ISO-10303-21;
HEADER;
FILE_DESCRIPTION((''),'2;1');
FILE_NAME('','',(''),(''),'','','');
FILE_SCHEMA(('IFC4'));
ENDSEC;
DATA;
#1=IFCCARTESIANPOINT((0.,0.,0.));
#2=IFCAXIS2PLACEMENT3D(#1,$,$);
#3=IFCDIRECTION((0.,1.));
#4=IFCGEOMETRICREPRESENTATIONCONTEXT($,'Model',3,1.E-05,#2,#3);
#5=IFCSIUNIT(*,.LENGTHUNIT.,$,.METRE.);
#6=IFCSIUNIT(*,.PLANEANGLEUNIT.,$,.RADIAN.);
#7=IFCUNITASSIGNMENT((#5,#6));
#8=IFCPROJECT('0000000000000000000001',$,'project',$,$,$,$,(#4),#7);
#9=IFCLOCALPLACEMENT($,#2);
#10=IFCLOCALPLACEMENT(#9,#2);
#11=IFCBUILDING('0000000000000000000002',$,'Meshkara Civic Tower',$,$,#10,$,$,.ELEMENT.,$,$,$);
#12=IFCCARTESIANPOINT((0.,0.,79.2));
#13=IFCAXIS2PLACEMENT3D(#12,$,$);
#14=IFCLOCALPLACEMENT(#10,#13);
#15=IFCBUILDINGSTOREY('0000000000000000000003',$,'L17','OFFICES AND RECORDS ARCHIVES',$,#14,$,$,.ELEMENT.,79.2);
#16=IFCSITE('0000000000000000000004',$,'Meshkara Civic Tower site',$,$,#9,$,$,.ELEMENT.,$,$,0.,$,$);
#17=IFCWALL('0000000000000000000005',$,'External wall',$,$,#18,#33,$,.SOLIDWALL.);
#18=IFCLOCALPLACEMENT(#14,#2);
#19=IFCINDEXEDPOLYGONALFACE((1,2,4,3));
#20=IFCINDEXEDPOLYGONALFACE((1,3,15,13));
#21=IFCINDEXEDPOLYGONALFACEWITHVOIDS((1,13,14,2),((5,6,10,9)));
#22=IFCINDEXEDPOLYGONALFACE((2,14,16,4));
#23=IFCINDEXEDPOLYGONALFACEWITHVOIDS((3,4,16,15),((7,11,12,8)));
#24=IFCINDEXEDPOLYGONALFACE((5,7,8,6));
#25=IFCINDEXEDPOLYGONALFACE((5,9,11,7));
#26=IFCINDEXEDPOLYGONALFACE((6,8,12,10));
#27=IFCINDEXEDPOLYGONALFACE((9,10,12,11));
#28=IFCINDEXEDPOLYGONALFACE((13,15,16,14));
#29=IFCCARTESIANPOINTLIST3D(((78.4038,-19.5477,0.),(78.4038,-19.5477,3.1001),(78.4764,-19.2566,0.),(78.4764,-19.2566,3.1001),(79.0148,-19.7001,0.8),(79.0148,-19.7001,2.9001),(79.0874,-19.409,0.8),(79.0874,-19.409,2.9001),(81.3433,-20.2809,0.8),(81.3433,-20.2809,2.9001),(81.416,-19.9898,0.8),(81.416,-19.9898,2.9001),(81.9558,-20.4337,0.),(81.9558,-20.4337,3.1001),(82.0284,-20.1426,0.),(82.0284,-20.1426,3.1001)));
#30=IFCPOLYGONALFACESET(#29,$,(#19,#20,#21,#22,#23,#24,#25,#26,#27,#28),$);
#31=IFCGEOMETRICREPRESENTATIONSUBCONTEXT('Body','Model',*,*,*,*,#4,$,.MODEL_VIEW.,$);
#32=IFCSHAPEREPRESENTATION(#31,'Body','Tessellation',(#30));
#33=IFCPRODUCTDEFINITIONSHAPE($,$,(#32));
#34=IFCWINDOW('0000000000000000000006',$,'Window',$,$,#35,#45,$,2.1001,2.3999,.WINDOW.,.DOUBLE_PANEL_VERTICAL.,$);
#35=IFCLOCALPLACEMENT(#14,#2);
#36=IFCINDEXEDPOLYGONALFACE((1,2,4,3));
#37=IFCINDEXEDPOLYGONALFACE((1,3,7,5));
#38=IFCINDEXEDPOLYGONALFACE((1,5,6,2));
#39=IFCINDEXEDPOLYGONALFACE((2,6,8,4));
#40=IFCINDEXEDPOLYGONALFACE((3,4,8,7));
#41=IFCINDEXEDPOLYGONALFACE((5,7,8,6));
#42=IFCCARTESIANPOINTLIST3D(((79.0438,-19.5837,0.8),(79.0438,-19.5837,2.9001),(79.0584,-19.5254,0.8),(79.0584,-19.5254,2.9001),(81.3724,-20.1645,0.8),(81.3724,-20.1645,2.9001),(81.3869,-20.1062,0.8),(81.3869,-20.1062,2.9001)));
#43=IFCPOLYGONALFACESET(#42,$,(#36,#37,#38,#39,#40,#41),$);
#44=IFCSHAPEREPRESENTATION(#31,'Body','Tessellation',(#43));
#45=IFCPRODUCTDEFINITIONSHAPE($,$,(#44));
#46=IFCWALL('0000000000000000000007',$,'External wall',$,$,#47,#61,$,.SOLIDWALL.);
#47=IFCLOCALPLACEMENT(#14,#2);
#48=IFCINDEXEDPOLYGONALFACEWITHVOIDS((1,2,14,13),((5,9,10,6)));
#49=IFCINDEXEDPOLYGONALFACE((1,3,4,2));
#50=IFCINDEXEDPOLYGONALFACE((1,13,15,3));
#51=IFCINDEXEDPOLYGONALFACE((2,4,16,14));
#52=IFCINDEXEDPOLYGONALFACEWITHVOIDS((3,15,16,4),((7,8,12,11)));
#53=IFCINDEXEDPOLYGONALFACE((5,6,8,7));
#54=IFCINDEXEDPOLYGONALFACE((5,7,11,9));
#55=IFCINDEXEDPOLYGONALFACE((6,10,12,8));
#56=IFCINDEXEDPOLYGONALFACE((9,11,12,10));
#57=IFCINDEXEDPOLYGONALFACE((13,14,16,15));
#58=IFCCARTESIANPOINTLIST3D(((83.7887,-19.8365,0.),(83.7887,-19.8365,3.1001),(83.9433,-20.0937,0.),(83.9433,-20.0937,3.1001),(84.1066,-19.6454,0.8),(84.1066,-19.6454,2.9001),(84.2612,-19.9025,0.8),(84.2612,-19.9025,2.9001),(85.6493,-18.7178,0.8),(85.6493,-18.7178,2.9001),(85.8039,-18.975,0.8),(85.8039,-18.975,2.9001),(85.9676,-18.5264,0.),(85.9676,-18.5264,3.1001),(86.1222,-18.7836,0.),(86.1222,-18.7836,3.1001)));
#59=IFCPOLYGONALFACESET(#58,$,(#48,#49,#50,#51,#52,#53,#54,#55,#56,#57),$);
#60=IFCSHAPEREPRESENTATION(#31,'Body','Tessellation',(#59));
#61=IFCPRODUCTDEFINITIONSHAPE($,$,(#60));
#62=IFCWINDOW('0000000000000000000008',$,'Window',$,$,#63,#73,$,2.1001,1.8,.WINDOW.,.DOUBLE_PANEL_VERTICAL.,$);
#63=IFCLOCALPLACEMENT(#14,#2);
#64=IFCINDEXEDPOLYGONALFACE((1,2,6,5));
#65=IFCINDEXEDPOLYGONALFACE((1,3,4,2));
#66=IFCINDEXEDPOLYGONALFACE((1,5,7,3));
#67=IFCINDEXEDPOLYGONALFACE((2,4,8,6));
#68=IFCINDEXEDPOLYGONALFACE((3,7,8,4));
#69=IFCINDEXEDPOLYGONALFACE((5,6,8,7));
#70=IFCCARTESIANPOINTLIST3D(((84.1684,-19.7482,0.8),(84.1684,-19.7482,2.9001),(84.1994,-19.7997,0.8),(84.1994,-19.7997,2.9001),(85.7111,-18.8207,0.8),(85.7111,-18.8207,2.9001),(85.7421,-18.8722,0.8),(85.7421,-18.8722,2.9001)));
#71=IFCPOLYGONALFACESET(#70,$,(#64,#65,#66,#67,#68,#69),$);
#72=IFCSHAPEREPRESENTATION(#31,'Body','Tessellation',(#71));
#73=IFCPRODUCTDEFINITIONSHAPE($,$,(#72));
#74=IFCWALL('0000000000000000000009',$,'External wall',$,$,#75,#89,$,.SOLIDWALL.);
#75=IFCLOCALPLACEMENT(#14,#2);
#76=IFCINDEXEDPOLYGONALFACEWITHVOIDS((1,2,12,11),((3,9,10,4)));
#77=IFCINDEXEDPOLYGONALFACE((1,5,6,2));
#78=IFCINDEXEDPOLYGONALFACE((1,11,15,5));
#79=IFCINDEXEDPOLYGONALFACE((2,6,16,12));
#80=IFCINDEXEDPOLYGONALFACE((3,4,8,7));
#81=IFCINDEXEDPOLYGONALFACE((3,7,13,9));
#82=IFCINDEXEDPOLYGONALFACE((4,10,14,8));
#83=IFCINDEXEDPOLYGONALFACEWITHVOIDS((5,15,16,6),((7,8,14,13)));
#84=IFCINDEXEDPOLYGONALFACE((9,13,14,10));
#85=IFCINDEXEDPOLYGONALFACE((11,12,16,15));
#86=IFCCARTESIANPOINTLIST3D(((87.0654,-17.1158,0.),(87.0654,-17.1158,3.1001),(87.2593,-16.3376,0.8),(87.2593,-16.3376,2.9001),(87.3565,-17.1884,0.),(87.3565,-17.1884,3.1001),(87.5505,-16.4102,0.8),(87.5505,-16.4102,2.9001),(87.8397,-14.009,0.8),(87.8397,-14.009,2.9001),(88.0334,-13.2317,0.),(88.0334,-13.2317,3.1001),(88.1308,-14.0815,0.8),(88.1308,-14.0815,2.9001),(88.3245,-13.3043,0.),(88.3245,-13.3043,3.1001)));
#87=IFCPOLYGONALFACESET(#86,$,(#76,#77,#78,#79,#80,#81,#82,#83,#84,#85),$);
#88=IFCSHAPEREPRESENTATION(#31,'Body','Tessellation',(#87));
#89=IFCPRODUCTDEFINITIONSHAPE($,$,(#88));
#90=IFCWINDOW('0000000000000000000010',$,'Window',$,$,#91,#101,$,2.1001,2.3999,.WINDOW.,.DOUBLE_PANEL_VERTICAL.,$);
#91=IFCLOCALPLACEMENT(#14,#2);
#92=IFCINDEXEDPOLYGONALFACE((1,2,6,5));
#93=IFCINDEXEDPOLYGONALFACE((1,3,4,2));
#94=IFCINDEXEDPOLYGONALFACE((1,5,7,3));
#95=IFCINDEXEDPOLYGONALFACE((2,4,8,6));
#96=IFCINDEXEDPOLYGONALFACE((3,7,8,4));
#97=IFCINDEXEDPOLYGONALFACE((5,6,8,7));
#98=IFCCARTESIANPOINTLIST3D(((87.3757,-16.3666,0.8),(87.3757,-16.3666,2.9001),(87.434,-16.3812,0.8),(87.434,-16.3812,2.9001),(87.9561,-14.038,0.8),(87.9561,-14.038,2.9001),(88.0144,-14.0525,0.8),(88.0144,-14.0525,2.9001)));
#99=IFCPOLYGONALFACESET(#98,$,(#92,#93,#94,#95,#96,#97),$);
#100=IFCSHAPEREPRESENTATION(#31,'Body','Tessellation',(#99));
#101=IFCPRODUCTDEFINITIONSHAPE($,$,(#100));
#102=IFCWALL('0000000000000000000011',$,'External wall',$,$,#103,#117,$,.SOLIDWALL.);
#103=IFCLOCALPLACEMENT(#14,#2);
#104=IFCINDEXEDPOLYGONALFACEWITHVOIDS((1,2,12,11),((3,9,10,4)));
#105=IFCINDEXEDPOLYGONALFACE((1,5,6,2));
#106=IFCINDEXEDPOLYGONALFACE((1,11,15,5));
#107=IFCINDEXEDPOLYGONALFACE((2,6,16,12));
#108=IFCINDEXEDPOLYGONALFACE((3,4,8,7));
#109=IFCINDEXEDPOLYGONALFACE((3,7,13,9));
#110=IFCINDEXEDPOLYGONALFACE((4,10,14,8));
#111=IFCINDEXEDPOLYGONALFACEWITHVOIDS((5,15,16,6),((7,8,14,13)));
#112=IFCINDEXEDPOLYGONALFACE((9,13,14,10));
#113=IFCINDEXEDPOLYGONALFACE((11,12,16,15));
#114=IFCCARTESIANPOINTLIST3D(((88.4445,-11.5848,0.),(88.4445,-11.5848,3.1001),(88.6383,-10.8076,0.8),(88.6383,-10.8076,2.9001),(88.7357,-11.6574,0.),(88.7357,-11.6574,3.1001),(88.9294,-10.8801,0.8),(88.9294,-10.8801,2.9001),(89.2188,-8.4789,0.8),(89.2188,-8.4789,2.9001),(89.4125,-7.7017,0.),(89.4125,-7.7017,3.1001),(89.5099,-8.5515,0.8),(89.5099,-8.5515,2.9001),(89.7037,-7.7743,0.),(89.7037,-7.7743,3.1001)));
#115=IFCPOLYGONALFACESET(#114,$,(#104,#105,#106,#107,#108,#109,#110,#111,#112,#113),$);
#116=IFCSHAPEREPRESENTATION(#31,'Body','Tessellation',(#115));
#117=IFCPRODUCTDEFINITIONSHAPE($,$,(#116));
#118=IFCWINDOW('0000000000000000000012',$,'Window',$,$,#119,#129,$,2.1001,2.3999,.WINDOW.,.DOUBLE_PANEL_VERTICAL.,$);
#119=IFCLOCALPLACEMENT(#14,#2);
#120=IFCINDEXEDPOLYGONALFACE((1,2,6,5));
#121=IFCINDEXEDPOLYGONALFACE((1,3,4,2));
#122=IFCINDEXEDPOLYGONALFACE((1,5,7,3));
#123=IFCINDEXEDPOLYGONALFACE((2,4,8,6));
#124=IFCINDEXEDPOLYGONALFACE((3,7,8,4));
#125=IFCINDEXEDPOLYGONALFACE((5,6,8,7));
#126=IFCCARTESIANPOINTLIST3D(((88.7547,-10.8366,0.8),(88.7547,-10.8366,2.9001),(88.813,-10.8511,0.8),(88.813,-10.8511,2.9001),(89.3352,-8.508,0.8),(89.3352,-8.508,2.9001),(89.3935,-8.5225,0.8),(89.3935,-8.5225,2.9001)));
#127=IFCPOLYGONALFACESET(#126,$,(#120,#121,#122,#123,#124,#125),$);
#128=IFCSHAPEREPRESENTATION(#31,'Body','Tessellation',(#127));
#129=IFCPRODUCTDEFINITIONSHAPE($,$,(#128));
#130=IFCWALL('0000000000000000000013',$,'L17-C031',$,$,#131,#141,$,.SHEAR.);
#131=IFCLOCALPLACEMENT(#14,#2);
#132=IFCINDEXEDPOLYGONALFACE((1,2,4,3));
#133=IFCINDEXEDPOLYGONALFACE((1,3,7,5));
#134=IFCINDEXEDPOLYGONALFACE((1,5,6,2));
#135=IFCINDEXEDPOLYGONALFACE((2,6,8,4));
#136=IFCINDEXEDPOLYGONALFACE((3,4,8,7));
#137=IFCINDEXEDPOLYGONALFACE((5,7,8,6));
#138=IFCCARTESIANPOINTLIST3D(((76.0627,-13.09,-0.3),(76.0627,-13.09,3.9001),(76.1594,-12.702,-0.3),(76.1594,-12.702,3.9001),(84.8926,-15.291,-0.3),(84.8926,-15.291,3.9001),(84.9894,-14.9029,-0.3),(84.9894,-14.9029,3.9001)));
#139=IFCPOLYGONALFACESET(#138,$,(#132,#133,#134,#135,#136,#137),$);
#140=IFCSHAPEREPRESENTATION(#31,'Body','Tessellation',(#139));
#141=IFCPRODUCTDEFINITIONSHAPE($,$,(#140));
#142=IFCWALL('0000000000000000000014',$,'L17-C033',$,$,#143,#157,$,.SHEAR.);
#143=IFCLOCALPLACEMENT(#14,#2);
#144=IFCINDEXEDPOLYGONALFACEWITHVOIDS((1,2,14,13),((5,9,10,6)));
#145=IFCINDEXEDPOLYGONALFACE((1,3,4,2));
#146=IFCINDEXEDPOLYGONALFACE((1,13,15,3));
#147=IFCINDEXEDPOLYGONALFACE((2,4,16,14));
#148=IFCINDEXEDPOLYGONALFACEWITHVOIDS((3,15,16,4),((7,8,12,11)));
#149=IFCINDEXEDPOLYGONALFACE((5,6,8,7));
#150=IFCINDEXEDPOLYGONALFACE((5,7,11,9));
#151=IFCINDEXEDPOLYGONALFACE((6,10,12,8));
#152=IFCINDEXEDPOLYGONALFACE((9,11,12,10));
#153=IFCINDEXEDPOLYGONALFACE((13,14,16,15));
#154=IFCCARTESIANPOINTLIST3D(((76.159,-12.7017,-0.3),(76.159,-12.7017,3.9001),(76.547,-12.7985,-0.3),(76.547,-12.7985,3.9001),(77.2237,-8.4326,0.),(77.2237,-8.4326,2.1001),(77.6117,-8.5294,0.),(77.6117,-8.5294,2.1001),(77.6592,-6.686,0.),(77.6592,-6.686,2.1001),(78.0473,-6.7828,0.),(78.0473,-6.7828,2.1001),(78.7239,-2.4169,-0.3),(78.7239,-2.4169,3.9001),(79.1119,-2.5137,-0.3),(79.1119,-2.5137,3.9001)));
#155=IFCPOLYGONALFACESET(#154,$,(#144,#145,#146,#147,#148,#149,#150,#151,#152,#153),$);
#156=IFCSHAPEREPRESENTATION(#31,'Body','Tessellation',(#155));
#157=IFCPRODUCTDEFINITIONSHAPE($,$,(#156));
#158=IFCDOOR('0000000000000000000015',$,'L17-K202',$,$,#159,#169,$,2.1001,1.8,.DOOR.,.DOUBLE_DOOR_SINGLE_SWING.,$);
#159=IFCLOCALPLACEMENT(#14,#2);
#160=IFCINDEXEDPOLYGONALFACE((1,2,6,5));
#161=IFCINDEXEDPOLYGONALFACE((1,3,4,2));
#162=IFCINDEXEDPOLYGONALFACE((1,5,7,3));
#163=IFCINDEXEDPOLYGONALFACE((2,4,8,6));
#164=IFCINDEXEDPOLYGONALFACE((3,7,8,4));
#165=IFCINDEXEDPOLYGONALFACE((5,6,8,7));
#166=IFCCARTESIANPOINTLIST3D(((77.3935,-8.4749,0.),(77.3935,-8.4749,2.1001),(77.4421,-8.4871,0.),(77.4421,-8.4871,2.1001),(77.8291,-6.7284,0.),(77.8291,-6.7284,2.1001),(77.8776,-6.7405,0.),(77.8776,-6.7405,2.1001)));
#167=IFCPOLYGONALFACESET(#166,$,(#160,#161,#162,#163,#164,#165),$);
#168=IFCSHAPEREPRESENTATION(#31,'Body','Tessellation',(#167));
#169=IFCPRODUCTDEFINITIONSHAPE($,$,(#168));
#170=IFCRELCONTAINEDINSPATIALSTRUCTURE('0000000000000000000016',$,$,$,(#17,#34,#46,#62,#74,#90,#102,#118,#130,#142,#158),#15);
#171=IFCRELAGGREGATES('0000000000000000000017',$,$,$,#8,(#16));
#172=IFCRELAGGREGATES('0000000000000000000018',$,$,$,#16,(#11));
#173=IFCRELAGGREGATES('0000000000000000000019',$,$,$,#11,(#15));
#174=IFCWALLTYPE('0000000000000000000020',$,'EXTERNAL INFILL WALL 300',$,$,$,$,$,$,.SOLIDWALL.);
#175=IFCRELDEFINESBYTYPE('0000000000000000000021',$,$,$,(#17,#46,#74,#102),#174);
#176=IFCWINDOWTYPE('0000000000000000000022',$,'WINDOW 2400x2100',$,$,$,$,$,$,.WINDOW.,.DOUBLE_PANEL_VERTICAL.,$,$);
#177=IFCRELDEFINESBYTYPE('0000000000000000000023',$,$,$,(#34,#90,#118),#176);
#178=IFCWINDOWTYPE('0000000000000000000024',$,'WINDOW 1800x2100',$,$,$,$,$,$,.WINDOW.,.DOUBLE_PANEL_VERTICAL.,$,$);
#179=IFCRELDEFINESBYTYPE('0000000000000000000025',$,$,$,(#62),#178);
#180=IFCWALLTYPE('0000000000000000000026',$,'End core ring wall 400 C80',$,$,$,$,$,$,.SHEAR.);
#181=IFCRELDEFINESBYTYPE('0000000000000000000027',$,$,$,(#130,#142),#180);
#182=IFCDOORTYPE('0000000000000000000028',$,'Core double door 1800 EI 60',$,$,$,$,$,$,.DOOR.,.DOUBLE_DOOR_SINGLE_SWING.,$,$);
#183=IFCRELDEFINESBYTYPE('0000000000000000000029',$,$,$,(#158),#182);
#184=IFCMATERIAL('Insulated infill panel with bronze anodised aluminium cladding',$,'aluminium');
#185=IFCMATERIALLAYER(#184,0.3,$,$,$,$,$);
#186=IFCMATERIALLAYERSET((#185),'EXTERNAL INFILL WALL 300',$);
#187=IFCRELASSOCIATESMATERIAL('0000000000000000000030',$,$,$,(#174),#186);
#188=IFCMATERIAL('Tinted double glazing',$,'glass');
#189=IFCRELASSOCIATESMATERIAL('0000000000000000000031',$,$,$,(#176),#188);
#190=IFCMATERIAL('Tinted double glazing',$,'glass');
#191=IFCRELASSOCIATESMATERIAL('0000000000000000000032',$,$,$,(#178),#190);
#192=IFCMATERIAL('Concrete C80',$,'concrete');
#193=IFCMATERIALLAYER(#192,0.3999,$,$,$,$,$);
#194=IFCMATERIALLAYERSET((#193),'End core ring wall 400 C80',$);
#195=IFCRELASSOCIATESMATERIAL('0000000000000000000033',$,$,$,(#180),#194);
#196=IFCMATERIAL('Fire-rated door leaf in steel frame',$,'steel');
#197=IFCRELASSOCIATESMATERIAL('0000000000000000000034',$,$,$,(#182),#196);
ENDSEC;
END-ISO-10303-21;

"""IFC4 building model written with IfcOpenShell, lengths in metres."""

from ifc_helpers import new_model, si_unit, direction, frame, frame_2d, origin, place, context, subcontext, project, spatial, rectangle, extrude, material, layer, layer_set, type_object, element, fill, save


model = new_model("IFC4")

# Units and contexts
model_context = context("Model", 3, precision=1e-05, world=origin(), true_north=direction((0.0, 1.0)))
body_context = subcontext(model_context, "Body", "Model", "MODEL_VIEW")
ifc_project = project(units=[si_unit("LENGTHUNIT", "METRE"), si_unit("PLANEANGLEUNIT", "RADIAN")], contexts=[model_context])

# Site, building, storey
site_placement = place(None, origin())
site = spatial("IfcSite", under=ifc_project, at=site_placement, Name="Meshkara Civic Tower site", CompositionType="ELEMENT", RefElevation=0.0)
building_placement = place(site_placement, origin())
building = spatial("IfcBuilding", under=site, at=building_placement, Name="Meshkara Civic Tower", CompositionType="ELEMENT")
storey_placement = place(building_placement, frame((0.0, 0.0, 79.2)))
storey = spatial("IfcBuildingStorey", under=building, at=storey_placement, Name="L17", Description="OFFICES AND RECORDS ARCHIVES", CompositionType="ELEMENT", Elevation=79.2)

# Walls, openings, windows
ifc_material_1 = material(Name="Insulated infill panel with bronze anodised aluminium cladding", Category="aluminium")
ifc_layer_1 = layer(ifc_material_1, 0.3)
ifc_layer_set_1 = layer_set([ifc_layer_1], Name="EXTERNAL INFILL WALL 300")
wall_type_1 = type_object("IfcWallType", Name="EXTERNAL INFILL WALL 300", PredefinedType="SOLIDWALL", material=ifc_layer_set_1)
wall_1_placement = place(storey_placement, frame((78.4399, -19.4021, 0.0), z_axis=(0.0, 0.0, 1.0), x_axis=(0.970272, -0.242018, 0.0)))
wall_1 = element("IfcWall", 1, at=wall_1_placement, inside=storey, type_object=wall_type_1, Name="External wall", PredefinedType="SOLIDWALL", context=body_context, shape_type="SweptSolid", body=[
    extrude(rectangle(XDim=3.6609, YDim=0.3, at=frame_2d((1.8306, 0.0))), origin(), (0.0, 0.0, 1.0), 3.1001),
])
opening_1_placement = place(wall_1_placement, frame((0.6299, 0.0, 0.8)))
opening_1 = element("IfcOpeningElement", 2, at=opening_1_placement, cuts=wall_1, PredefinedType="OPENING", context=body_context, shape_type="SweptSolid", body=[
    extrude(rectangle(XDim=2.3999, YDim=2.1001, at=frame_2d((1.2, 1.05))), frame((0.0, 0.1599, 0.0), z_axis=(0.0, -1.0, 0.0), x_axis=(1.0, 0.0, 0.0)), (0.0, 0.0, 1.0), 0.3201),
])
ifc_material_2 = material(Name="Tinted double glazing", Category="glass")
window_type_1 = type_object("IfcWindowType", Name="WINDOW 2400x2100", PartitioningType="DOUBLE_PANEL_VERTICAL", PredefinedType="WINDOW", material=ifc_material_2)
window_1_placement = place(opening_1_placement, origin())
window_1 = element("IfcWindow", 3, at=window_1_placement, inside=storey, type_object=window_type_1, Name="Window", OverallHeight=2.1001, OverallWidth=2.3999, PartitioningType="DOUBLE_PANEL_VERTICAL", PredefinedType="WINDOW", context=body_context, shape_type="SweptSolid", body=[
    extrude(rectangle(XDim=2.3999, YDim=2.1001, at=frame_2d((1.2, 1.05))), frame((0.0, 0.03, 0.0), z_axis=(0.0, -1.0, 0.0), x_axis=(1.0, 0.0, 0.0)), (0.0, 0.0, 1.0), 0.0601),
])
fill(opening_1, window_1)
wall_2_placement = place(storey_placement, frame((83.866, -19.9651, 0.0), z_axis=(0.0, 0.0, 1.0), x_axis=(0.857027, 0.515272, 0.0)))
wall_2 = element("IfcWall", 4, at=wall_2_placement, inside=storey, type_object=wall_type_1, Name="External wall", PredefinedType="SOLIDWALL", context=body_context, shape_type="SweptSolid", body=[
    extrude(rectangle(XDim=2.5425, YDim=0.3, at=frame_2d((1.2712, 0.0))), origin(), (0.0, 0.0, 1.0), 3.1001),
])
opening_2_placement = place(wall_2_placement, frame((0.3711, 0.0, 0.8)))
opening_2 = element("IfcOpeningElement", 5, at=opening_2_placement, cuts=wall_2, PredefinedType="OPENING", context=body_context, shape_type="SweptSolid", body=[
    extrude(rectangle(XDim=1.8, YDim=2.1001, at=frame_2d((0.8999, 1.05))), frame((0.0, 0.1599, 0.0), z_axis=(0.0, -1.0, 0.0), x_axis=(1.0, 0.0, 0.0)), (0.0, 0.0, 1.0), 0.3201),
])
ifc_material_3 = material(Name="Tinted double glazing", Category="glass")
window_type_2 = type_object("IfcWindowType", Name="WINDOW 1800x2100", PartitioningType="DOUBLE_PANEL_VERTICAL", PredefinedType="WINDOW", material=ifc_material_3)
window_2_placement = place(opening_2_placement, origin())
window_2 = element("IfcWindow", 6, at=window_2_placement, inside=storey, type_object=window_type_2, Name="Window", OverallHeight=2.1001, OverallWidth=1.8, PartitioningType="DOUBLE_PANEL_VERTICAL", PredefinedType="WINDOW", context=body_context, shape_type="SweptSolid", body=[
    extrude(rectangle(XDim=1.8, YDim=2.1001, at=frame_2d((0.8999, 1.05))), frame((0.0, 0.03, 0.0), z_axis=(0.0, -1.0, 0.0), x_axis=(1.0, 0.0, 0.0)), (0.0, 0.0, 1.0), 0.0601),
])
fill(opening_2, window_2)
wall_3_placement = place(storey_placement, frame((87.2109, -17.1521, 0.0), z_axis=(0.0, 0.0, 1.0), x_axis=(0.241832, 0.970318, 0.0)))
wall_3 = element("IfcWall", 7, at=wall_3_placement, inside=storey, type_object=wall_type_1, Name="External wall", PredefinedType="SOLIDWALL", context=body_context, shape_type="SweptSolid", body=[
    extrude(rectangle(XDim=4.0029, YDim=0.3, at=frame_2d((2.0015, 0.0))), origin(), (0.0, 0.0, 1.0), 3.1001),
])
opening_3_placement = place(wall_3_placement, frame((0.802, 0.0, 0.8)))
opening_3 = element("IfcOpeningElement", 8, at=opening_3_placement, cuts=wall_3, PredefinedType="OPENING", context=body_context, shape_type="SweptSolid", body=[
    extrude(rectangle(XDim=2.3999, YDim=2.1001, at=frame_2d((1.2, 1.05))), frame((0.0, 0.1599, 0.0), z_axis=(0.0, -1.0, 0.0), x_axis=(1.0, 0.0, 0.0)), (0.0, 0.0, 1.0), 0.3201),
])
window_3_placement = place(opening_3_placement, origin())
window_3 = element("IfcWindow", 9, at=window_3_placement, inside=storey, type_object=window_type_1, Name="Window", OverallHeight=2.1001, OverallWidth=2.3999, PartitioningType="DOUBLE_PANEL_VERTICAL", PredefinedType="WINDOW", context=body_context, shape_type="SweptSolid", body=[
    extrude(rectangle(XDim=2.3999, YDim=2.1001, at=frame_2d((1.2, 1.05))), frame((0.0, 0.03, 0.0), z_axis=(0.0, -1.0, 0.0), x_axis=(1.0, 0.0, 0.0)), (0.0, 0.0, 1.0), 0.0601),
])
fill(opening_3, window_3)
wall_4_placement = place(storey_placement, frame((88.5901, -11.6211, 0.0), z_axis=(0.0, 0.0, 1.0), x_axis=(0.24189, 0.970304, 0.0)))
wall_4 = element("IfcWall", 10, at=wall_4_placement, inside=storey, type_object=wall_type_1, Name="External wall", PredefinedType="SOLIDWALL", context=body_context, shape_type="SweptSolid", body=[
    extrude(rectangle(XDim=4.002, YDim=0.3, at=frame_2d((2.001, 0.0))), origin(), (0.0, 0.0, 1.0), 3.1001),
])
opening_4_placement = place(wall_4_placement, frame((0.801, 0.0, 0.8)))
opening_4 = element("IfcOpeningElement", 11, at=opening_4_placement, cuts=wall_4, PredefinedType="OPENING", context=body_context, shape_type="SweptSolid", body=[
    extrude(rectangle(XDim=2.3999, YDim=2.1001, at=frame_2d((1.2, 1.05))), frame((0.0, 0.1599, 0.0), z_axis=(0.0, -1.0, 0.0), x_axis=(1.0, 0.0, 0.0)), (0.0, 0.0, 1.0), 0.3201),
])
window_4_placement = place(opening_4_placement, origin())
window_4 = element("IfcWindow", 12, at=window_4_placement, inside=storey, type_object=window_type_1, Name="Window", OverallHeight=2.1001, OverallWidth=2.3999, PartitioningType="DOUBLE_PANEL_VERTICAL", PredefinedType="WINDOW", context=body_context, shape_type="SweptSolid", body=[
    extrude(rectangle(XDim=2.3999, YDim=2.1001, at=frame_2d((1.2, 1.05))), frame((0.0, 0.03, 0.0), z_axis=(0.0, -1.0, 0.0), x_axis=(1.0, 0.0, 0.0)), (0.0, 0.0, 1.0), 0.0601),
])
fill(opening_4, window_4)

# Wall
ifc_material_4 = material(Name="Concrete C80", Category="concrete")
ifc_layer_2 = layer(ifc_material_4, 0.3999)
ifc_layer_set_2 = layer_set([ifc_layer_2], Name="End core ring wall 400 C80")
wall_type_2 = type_object("IfcWallType", Name="End core ring wall 400 C80", PredefinedType="SHEAR", material=ifc_layer_set_2)
wall_5_placement = place(storey_placement, frame((76.1111, -12.896, -0.3), z_axis=(0.0, 0.0, 1.0), x_axis=(0.970311, -0.24186, 0.0)))
element("IfcWall", 13, at=wall_5_placement, inside=storey, type_object=wall_type_2, Name="L17-C031", PredefinedType="SHEAR", context=body_context, shape_type="SweptSolid", body=[
    extrude(rectangle(XDim=9.1001, YDim=0.3999, at=frame_2d((4.55, 0.0))), origin(), (0.0, 0.0, 1.0), 4.2002),
])

# Wall, opening, door
wall_6_placement = place(storey_placement, frame((76.353, -12.75, -0.3), z_axis=(0.0, 0.0, 1.0), x_axis=(0.241977, 0.970282, 0.0)))
wall_6 = element("IfcWall", 14, at=wall_6_placement, inside=storey, type_object=wall_type_2, Name="L17-C033", PredefinedType="SHEAR", context=body_context, shape_type="SweptSolid", body=[
    extrude(rectangle(XDim=10.5999, YDim=0.3999, at=frame_2d((5.2998, 0.0))), origin(), (0.0, 0.0, 1.0), 4.2002),
])
opening_5_placement = place(wall_6_placement, frame((4.3999, 0.0, 0.3)))
opening_5 = element("IfcOpeningElement", 15, at=opening_5_placement, cuts=wall_6, PredefinedType="OPENING", context=body_context, shape_type="SweptSolid", body=[
    extrude(rectangle(XDim=1.8, YDim=2.1001, at=frame_2d((0.8999, 1.05))), frame((0.0, 0.21, 0.0), z_axis=(0.0, -1.0, 0.0), x_axis=(1.0, 0.0, 0.0)), (0.0, 0.0, 1.0), 0.4199),
])
ifc_material_5 = material(Name="Fire-rated door leaf in steel frame", Category="steel")
door_type_1 = type_object("IfcDoorType", Name="Core double door 1800 EI 60", OperationType="DOUBLE_DOOR_SINGLE_SWING", PredefinedType="DOOR", material=ifc_material_5)
door_1_placement = place(opening_5_placement, origin())
door_1 = element("IfcDoor", 16, at=door_1_placement, inside=storey, type_object=door_type_1, Name="L17-K202", OperationType="DOUBLE_DOOR_SINGLE_SWING", OverallHeight=2.1001, OverallWidth=1.8, PredefinedType="DOOR", context=body_context, shape_type="SweptSolid", body=[
    extrude(rectangle(XDim=1.8, YDim=2.1001, at=frame_2d((0.8999, 1.05))), frame((0.0, 0.0249, 0.0), z_axis=(0.0, -1.0, 0.0), x_axis=(1.0, 0.0, 0.0)), (0.0, 0.0, 1.0), 0.05),
])
fill(opening_5, door_1)

save(model, "model.ifc")
